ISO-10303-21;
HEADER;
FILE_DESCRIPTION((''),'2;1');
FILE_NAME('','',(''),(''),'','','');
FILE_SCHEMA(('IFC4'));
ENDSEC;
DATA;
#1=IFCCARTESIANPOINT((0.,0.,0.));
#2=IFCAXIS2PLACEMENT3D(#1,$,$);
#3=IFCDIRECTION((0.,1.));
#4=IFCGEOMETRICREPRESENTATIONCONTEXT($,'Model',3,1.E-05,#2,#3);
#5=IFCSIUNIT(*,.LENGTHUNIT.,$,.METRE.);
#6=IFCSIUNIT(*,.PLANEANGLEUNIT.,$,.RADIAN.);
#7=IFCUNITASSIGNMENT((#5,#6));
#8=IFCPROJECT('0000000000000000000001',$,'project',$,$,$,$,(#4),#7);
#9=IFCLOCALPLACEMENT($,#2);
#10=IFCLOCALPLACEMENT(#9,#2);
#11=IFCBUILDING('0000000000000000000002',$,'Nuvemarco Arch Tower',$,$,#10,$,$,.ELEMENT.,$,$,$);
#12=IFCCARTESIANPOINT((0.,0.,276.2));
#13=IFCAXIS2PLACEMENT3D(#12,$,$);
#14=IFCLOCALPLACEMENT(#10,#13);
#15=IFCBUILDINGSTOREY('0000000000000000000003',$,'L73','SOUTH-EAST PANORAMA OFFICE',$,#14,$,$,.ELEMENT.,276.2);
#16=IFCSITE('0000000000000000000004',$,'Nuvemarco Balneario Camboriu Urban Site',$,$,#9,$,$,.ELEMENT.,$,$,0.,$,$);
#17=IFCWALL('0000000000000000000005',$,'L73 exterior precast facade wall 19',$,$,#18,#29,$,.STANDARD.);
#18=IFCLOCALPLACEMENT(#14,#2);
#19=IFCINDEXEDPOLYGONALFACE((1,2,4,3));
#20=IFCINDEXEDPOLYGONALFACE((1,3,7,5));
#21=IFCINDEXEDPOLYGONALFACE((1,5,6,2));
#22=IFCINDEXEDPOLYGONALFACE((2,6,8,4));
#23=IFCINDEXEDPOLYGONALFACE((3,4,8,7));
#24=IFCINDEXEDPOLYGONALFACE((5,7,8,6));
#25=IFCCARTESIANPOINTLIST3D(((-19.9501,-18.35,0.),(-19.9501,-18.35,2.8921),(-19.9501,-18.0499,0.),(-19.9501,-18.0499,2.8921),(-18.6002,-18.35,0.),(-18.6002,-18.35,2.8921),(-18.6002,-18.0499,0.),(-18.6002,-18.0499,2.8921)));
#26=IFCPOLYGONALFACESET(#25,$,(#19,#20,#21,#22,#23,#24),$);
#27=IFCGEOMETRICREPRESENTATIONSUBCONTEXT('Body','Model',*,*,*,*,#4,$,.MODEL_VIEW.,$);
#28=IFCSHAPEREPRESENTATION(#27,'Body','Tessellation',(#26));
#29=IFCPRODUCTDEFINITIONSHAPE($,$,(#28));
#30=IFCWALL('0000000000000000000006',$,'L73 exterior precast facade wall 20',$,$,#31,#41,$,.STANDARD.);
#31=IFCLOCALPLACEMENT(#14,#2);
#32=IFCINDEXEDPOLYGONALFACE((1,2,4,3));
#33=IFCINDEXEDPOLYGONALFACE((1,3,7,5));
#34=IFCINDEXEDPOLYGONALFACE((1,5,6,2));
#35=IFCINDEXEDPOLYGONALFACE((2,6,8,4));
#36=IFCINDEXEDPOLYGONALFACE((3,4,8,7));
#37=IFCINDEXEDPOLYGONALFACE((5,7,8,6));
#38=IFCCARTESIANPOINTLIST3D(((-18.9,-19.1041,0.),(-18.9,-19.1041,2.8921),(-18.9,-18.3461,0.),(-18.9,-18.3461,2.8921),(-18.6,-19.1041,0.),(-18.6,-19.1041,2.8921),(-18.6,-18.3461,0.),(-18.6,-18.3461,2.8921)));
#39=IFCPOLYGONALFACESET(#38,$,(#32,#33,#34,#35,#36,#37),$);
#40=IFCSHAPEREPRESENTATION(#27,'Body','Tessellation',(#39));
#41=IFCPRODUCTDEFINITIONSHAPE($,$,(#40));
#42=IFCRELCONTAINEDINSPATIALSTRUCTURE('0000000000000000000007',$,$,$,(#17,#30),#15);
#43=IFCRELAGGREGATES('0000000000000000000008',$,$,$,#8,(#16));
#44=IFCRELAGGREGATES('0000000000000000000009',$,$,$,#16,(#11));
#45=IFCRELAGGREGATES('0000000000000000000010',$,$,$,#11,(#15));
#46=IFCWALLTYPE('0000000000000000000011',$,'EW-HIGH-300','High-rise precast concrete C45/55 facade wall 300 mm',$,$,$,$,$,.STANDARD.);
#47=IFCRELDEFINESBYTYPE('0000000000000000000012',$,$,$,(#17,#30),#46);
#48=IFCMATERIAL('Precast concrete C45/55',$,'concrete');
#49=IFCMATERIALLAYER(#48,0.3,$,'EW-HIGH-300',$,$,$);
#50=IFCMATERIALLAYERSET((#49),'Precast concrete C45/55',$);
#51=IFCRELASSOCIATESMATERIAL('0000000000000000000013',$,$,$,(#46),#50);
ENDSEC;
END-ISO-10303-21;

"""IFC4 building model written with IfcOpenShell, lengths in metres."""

from ifc_helpers import new_model, si_unit, direction, frame, frame_2d, origin, place, context, subcontext, project, spatial, rectangle, extrude, material, layer, layer_set, type_object, element, save


model = new_model("IFC4")

# Units and contexts
model_context = context("Model", 3, precision=1e-05, world=origin(), true_north=direction((0.0, 1.0)))
body_context = subcontext(model_context, "Body", "Model", "MODEL_VIEW")
ifc_project = project(units=[si_unit("LENGTHUNIT", "METRE"), si_unit("PLANEANGLEUNIT", "RADIAN")], contexts=[model_context])

# Site, building, storey
site_placement = place(None, origin())
site = spatial("IfcSite", under=ifc_project, at=site_placement, Name="Nuvemarco Balneario Camboriu Urban Site", CompositionType="ELEMENT", RefElevation=0.0)
building_placement = place(site_placement, origin())
building = spatial("IfcBuilding", under=site, at=building_placement, Name="Nuvemarco Arch Tower", CompositionType="ELEMENT")
storey_placement = place(building_placement, frame((0.0, 0.0, 276.2)))
storey = spatial("IfcBuildingStorey", under=building, at=storey_placement, Name="L73", Description="SOUTH-EAST PANORAMA OFFICE", CompositionType="ELEMENT", Elevation=276.2)

# Shared definitions
ifc_material_1 = material(Name="Precast concrete C45/55", Category="concrete")

# Shared definitions
ifc_layer = layer(ifc_material_1, 0.3, Name="EW-HIGH-300")
ifc_layer_set = layer_set([ifc_layer], Name="Precast concrete C45/55")
wall_type = type_object("IfcWallType", Name="EW-HIGH-300", Description="High-rise precast concrete C45/55 facade wall 300 mm", PredefinedType="STANDARD", material=ifc_layer_set)

# Walls
wall_1_placement = place(storey_placement, frame((-19.95, -18.2, 0.0), z_axis=(0.0, 0.0, 1.0), x_axis=(1.0, 0.0, 0.0)))
element("IfcWall", 1, at=wall_1_placement, inside=storey, type_object=wall_type, Name="L73 exterior precast facade wall 19", PredefinedType="STANDARD", context=body_context, shape_type="SweptSolid", body=[
    extrude(rectangle(XDim=1.3499, YDim=0.3, at=frame_2d((0.6748, 0.0))), origin(), (0.0, 0.0, 1.0), 2.8921),
])
wall_2_placement = place(storey_placement, frame((-18.75, -19.104, 0.0), z_axis=(0.0, 0.0, 1.0), x_axis=(0.0, 1.0, 0.0)))
element("IfcWall", 2, at=wall_2_placement, inside=storey, type_object=wall_type, Name="L73 exterior precast facade wall 20", PredefinedType="STANDARD", context=body_context, shape_type="SweptSolid", body=[
    extrude(rectangle(XDim=0.7581, YDim=0.3, at=frame_2d((0.3789, 0.0))), origin(), (0.0, 0.0, 1.0), 2.8921),
])

save(model, "model.ifc")
